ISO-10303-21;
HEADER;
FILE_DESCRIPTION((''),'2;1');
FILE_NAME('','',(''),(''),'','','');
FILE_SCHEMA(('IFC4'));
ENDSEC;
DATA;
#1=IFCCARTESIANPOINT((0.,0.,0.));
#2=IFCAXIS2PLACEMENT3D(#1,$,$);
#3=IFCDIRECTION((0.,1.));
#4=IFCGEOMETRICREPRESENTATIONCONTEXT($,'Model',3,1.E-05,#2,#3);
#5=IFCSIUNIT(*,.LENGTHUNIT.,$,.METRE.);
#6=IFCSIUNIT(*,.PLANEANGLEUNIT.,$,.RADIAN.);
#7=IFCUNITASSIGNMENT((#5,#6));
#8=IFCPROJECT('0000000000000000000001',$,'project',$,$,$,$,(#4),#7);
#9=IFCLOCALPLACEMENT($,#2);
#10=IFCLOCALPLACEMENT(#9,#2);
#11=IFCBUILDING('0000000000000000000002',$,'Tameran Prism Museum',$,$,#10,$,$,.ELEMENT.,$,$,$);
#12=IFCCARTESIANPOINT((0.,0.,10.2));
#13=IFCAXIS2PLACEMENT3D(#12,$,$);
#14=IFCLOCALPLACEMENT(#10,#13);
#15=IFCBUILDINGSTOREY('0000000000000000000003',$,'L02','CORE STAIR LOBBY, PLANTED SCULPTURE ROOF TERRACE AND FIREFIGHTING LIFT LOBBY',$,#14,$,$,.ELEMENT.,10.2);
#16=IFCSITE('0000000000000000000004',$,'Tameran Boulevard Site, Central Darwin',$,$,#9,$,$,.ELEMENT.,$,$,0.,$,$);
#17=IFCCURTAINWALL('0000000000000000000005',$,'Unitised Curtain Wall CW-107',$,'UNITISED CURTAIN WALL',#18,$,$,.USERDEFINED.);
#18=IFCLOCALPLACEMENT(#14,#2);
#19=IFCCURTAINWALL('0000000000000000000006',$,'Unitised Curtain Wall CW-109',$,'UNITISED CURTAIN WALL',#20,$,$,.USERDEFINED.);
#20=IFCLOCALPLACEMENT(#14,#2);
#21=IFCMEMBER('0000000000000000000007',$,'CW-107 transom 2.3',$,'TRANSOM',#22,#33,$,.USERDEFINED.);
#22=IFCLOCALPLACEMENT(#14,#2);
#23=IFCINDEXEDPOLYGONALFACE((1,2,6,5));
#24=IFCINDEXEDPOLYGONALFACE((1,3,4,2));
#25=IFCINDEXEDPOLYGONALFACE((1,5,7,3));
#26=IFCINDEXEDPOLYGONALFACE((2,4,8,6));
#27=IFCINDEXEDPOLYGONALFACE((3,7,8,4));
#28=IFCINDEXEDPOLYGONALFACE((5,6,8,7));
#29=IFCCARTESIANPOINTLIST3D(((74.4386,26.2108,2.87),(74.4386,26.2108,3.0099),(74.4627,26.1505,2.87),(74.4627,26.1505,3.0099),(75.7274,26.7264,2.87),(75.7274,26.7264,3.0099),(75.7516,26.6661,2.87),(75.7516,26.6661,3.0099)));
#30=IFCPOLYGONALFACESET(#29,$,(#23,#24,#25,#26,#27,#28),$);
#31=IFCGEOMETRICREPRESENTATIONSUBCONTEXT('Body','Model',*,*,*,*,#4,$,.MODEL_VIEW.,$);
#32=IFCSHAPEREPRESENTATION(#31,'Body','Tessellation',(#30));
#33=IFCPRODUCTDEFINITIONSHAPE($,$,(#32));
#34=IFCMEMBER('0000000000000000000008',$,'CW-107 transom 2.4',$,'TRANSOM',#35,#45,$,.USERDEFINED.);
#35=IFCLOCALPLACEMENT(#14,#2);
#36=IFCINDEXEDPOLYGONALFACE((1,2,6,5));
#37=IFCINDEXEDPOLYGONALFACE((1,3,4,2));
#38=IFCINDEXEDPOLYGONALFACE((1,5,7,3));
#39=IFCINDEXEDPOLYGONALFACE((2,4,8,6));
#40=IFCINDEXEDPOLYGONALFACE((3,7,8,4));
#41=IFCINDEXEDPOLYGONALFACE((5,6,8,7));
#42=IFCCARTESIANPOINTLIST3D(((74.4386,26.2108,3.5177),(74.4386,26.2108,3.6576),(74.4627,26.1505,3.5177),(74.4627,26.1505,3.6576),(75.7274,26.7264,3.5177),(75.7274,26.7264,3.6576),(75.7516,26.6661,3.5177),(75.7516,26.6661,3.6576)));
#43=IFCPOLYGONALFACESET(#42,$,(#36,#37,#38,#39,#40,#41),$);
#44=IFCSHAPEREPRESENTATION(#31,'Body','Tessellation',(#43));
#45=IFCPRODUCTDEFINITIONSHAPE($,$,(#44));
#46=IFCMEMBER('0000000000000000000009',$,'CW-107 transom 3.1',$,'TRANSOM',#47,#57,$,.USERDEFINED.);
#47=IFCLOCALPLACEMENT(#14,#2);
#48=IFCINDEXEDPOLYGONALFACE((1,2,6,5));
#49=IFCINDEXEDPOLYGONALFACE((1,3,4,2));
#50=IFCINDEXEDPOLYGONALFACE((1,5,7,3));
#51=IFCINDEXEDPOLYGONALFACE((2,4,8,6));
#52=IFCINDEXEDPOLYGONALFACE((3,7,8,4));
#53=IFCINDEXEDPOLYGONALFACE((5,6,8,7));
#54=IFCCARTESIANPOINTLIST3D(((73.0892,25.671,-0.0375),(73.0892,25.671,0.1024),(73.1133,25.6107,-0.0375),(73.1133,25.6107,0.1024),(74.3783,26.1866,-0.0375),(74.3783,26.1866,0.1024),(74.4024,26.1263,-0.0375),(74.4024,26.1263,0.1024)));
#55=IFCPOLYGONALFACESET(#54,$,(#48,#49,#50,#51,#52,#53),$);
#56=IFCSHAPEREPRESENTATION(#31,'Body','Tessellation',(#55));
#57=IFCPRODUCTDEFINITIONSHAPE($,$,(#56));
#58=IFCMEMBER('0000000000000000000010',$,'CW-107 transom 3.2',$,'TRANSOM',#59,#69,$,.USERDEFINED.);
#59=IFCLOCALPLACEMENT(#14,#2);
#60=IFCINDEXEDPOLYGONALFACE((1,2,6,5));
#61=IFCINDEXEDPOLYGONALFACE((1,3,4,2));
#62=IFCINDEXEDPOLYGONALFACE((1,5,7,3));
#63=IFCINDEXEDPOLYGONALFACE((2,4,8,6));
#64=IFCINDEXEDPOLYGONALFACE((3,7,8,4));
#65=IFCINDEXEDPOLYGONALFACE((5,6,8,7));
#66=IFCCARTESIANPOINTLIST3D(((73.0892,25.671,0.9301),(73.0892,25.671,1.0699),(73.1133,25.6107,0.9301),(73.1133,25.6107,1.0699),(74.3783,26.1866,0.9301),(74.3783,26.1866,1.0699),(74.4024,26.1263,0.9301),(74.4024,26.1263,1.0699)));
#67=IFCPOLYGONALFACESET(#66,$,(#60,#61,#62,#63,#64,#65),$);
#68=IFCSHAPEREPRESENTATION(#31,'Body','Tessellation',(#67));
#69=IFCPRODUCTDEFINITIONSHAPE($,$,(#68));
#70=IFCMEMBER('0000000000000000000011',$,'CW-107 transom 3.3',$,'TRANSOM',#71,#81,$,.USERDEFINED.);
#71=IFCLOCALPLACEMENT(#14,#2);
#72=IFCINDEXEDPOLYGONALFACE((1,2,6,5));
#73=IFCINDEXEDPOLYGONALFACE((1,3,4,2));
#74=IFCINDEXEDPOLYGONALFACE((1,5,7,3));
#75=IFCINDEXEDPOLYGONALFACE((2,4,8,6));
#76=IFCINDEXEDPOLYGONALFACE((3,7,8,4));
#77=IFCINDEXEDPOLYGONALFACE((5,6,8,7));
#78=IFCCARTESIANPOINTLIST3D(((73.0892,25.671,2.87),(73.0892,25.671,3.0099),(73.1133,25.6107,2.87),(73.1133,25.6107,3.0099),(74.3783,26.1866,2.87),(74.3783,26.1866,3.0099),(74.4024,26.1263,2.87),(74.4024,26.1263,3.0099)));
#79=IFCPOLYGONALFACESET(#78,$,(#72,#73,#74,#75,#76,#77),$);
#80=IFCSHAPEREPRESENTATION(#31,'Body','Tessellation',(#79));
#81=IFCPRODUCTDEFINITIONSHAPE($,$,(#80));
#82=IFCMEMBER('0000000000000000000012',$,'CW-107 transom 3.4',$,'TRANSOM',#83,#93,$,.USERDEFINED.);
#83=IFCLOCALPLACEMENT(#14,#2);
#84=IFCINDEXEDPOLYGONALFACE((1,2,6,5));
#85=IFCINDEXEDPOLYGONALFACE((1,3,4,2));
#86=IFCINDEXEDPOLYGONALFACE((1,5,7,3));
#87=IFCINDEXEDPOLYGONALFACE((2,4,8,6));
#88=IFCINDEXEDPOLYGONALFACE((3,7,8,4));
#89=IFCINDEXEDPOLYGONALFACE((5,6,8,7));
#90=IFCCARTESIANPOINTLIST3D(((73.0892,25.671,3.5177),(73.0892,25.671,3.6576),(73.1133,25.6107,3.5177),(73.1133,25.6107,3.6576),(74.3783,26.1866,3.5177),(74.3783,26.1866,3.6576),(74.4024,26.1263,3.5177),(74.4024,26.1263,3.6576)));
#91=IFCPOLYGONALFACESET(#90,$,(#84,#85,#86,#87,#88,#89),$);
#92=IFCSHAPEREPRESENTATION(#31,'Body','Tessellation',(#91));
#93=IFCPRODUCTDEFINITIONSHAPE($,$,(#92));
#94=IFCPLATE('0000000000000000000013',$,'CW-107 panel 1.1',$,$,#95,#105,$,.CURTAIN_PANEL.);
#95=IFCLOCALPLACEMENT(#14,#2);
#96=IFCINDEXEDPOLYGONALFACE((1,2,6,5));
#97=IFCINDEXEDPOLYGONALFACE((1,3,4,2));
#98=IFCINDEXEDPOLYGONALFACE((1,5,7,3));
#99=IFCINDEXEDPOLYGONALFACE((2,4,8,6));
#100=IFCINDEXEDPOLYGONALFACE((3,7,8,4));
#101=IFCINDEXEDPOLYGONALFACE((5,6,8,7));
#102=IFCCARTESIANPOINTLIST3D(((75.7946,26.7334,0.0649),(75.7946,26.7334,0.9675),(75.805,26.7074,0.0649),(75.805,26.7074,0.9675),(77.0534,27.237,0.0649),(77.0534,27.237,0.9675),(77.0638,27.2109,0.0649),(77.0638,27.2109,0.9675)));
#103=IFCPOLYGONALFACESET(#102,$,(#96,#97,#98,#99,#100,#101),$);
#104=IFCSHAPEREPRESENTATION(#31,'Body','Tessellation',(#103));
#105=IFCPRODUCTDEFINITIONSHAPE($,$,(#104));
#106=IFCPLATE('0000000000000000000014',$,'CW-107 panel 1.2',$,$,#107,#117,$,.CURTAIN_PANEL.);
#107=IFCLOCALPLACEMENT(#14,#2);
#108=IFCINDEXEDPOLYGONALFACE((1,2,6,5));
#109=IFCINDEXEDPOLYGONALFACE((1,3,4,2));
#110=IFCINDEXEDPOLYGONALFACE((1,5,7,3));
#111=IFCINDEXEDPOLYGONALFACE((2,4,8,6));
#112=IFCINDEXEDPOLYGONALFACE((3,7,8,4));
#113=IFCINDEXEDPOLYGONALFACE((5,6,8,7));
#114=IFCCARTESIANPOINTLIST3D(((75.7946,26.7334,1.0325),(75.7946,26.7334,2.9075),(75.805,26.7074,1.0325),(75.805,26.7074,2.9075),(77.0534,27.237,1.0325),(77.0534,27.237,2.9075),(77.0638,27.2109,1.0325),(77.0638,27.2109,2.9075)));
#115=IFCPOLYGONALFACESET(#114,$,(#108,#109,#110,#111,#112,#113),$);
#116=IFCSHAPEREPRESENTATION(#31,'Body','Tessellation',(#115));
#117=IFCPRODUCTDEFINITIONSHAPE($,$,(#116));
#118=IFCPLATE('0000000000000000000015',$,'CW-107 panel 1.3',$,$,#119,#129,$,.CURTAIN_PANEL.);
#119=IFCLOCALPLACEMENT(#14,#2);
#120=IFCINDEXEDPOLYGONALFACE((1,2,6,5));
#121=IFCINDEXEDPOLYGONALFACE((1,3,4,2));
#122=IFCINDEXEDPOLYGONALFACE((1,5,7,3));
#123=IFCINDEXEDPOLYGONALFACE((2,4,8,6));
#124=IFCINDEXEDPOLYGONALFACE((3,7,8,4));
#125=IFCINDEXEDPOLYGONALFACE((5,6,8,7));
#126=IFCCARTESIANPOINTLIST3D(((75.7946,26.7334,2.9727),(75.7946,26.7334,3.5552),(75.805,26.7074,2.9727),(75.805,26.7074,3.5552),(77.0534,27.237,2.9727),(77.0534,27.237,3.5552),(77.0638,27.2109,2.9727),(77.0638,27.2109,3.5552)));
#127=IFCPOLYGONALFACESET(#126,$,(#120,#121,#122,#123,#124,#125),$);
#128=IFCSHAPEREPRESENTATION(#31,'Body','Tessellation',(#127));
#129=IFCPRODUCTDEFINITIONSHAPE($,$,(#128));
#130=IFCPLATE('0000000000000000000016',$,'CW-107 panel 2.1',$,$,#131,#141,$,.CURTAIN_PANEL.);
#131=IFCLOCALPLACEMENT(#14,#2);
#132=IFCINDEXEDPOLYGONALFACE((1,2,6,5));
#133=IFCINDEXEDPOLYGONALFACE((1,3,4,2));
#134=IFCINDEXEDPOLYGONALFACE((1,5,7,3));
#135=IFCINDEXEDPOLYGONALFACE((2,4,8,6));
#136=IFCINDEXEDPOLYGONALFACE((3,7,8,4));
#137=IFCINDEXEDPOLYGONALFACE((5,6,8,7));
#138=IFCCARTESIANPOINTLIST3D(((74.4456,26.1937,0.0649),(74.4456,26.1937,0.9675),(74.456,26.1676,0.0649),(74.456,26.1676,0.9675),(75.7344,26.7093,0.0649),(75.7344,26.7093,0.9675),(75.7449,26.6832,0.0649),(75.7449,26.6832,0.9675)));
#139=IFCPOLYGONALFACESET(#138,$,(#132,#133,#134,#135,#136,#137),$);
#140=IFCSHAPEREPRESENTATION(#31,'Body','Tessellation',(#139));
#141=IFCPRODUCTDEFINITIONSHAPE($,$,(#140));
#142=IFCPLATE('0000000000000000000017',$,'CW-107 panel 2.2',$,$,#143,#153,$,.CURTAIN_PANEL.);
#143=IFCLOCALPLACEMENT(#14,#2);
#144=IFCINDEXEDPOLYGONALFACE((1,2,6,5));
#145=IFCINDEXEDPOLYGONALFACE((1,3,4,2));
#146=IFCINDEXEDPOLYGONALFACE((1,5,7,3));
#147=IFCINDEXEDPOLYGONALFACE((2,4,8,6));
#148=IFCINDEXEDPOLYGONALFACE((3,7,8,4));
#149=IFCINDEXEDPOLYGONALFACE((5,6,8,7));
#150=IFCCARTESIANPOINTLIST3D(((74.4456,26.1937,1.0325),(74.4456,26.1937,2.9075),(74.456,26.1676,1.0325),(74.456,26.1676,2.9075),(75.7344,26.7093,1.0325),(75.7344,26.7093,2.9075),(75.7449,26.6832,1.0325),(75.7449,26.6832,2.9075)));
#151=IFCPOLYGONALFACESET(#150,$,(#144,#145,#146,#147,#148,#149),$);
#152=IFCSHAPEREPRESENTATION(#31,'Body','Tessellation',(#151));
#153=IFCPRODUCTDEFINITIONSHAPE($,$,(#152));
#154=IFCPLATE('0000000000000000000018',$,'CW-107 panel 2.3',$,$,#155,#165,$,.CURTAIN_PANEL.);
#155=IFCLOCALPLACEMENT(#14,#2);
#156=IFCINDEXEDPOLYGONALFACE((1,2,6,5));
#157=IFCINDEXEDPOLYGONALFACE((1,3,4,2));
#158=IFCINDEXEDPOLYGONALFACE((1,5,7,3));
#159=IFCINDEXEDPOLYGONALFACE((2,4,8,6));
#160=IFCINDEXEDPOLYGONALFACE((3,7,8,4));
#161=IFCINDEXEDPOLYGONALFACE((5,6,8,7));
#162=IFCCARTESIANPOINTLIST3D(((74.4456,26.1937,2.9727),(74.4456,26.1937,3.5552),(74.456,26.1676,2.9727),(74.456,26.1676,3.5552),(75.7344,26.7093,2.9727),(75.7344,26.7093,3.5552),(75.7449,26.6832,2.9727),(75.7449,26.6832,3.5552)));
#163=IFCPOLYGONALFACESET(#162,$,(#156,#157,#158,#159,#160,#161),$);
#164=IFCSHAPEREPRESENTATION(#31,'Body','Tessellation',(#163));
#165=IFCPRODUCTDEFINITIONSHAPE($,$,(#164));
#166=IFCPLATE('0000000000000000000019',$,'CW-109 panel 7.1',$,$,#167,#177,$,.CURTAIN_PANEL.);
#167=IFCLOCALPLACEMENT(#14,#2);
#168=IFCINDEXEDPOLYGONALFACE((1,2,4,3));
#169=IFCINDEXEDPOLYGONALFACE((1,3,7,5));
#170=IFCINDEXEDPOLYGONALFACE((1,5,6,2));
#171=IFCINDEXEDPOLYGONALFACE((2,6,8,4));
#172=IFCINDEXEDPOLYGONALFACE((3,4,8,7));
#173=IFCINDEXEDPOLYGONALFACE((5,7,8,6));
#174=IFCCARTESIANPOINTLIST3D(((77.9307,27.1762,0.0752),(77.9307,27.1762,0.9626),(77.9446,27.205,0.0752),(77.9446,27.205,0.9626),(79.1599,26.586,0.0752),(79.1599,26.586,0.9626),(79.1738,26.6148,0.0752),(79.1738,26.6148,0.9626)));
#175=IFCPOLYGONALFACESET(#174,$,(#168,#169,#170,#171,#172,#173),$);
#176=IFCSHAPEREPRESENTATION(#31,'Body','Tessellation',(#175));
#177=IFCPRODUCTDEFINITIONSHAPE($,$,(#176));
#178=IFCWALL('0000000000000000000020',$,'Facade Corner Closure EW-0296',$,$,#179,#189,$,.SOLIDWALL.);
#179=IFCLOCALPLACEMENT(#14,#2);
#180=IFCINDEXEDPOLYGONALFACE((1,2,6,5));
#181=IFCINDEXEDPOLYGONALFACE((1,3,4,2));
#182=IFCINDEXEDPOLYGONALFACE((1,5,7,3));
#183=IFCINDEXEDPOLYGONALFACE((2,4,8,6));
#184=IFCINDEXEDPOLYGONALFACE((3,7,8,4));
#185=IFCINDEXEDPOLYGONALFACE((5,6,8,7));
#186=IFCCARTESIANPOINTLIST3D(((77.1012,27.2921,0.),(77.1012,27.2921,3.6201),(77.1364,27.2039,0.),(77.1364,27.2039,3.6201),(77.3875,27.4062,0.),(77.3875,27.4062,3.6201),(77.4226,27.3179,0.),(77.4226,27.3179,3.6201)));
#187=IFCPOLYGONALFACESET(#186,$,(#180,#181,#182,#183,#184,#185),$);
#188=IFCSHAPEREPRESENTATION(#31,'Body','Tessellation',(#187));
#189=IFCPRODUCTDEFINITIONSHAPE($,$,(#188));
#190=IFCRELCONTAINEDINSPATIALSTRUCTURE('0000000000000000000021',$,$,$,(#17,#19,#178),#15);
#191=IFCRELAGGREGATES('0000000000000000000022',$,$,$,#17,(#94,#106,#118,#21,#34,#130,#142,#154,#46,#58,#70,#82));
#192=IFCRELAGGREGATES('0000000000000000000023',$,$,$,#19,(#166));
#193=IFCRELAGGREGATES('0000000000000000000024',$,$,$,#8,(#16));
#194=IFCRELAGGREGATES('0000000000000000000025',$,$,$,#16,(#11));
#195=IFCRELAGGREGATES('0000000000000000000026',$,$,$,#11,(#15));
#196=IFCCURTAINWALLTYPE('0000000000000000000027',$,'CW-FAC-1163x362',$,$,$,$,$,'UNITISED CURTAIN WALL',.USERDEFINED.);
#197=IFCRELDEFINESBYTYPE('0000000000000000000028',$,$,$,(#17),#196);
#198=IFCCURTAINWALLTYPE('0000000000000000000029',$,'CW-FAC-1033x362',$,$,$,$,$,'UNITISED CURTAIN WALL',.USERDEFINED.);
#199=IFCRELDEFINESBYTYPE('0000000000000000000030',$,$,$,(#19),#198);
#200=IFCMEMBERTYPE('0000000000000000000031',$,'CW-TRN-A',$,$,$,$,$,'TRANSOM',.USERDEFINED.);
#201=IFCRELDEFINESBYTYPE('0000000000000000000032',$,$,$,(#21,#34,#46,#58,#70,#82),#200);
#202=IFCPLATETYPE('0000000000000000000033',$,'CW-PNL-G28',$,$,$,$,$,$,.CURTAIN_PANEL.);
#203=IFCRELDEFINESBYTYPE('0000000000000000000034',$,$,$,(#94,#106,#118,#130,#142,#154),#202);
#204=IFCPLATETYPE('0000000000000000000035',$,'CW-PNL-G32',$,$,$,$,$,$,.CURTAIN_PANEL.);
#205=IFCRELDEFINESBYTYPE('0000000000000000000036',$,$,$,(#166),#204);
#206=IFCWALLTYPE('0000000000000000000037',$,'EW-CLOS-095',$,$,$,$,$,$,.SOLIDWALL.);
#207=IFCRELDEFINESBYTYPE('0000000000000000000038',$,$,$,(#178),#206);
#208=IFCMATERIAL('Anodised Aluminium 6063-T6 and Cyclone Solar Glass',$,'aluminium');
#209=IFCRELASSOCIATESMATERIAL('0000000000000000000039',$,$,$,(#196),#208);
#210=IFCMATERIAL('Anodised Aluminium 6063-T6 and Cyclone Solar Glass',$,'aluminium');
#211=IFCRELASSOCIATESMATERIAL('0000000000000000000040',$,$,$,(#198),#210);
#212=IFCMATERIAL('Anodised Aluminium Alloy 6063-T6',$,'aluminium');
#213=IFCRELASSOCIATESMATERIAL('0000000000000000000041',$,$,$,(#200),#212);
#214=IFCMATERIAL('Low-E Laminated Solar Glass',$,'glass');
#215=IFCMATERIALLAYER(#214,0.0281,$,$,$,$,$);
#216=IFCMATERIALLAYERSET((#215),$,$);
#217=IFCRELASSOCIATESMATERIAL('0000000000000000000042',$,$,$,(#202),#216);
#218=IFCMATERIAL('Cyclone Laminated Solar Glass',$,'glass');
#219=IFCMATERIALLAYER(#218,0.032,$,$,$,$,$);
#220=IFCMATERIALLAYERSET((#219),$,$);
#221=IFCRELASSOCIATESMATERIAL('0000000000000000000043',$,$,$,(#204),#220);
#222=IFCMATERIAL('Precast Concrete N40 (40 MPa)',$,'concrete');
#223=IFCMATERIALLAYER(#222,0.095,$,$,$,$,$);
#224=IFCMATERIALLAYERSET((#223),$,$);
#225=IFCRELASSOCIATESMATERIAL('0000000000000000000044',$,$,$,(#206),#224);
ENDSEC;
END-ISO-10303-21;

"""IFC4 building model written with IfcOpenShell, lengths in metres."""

from ifc_helpers import new_model, si_unit, direction, frame, frame_2d, origin, origin_2d, place, context, subcontext, project, spatial, rectangle, extrude, material, layer, layer_set, material_profile, profile_set, type_object, element, aggregate, save


model = new_model("IFC4")

# Units and contexts
model_context = context("Model", 3, precision=1e-05, world=origin(), true_north=direction((0.0, 1.0)))
body_context = subcontext(model_context, "Body", "Model", "MODEL_VIEW")
ifc_project = project(units=[si_unit("LENGTHUNIT", "METRE"), si_unit("PLANEANGLEUNIT", "RADIAN")], contexts=[model_context])

# Site, building, storey
site_placement = place(None, origin())
site = spatial("IfcSite", under=ifc_project, at=site_placement, Name="Tameran Boulevard Site, Central Darwin", CompositionType="ELEMENT", RefElevation=0.0)
building_placement = place(site_placement, origin())
building = spatial("IfcBuilding", under=site, at=building_placement, Name="Tameran Prism Museum", CompositionType="ELEMENT")
storey_placement = place(building_placement, frame((0.0, 0.0, 10.2)))
storey = spatial("IfcBuildingStorey", under=building, at=storey_placement, Name="L02", Description="CORE STAIR LOBBY, PLANTED SCULPTURE ROOF TERRACE AND FIREFIGHTING LIFT LOBBY", CompositionType="ELEMENT", Elevation=10.2)

# Curtain wall
ifc_material_1 = material(Name="Anodised Aluminium 6063-T6 and Cyclone Solar Glass", Category="aluminium")
curtain_wall_type_1 = type_object("IfcCurtainWallType", Name="CW-FAC-1163x362", ElementType="UNITISED CURTAIN WALL", PredefinedType="USERDEFINED", material=ifc_material_1)
curtain_wall_1_placement = place(storey_placement, origin())
curtain_wall_1 = element("IfcCurtainWall", 1, at=curtain_wall_1_placement, inside=storey, type_object=curtain_wall_type_1, Name="Unitised Curtain Wall CW-107", ObjectType="UNITISED CURTAIN WALL", PredefinedType="USERDEFINED")

# Curtain wall
ifc_material_2 = material(Name="Anodised Aluminium 6063-T6 and Cyclone Solar Glass", Category="aluminium")
curtain_wall_type_2 = type_object("IfcCurtainWallType", Name="CW-FAC-1033x362", ElementType="UNITISED CURTAIN WALL", PredefinedType="USERDEFINED", material=ifc_material_2)
curtain_wall_2_placement = place(storey_placement, origin())
curtain_wall_2 = element("IfcCurtainWall", 2, at=curtain_wall_2_placement, inside=storey, type_object=curtain_wall_type_2, Name="Unitised Curtain Wall CW-109", ObjectType="UNITISED CURTAIN WALL", PredefinedType="USERDEFINED")

# Members
ifc_material_3 = material(Name="Anodised Aluminium Alloy 6063-T6", Category="aluminium")
ifc_material_profile_1 = material_profile(ifc_material_3, rectangle(XDim=0.0649, YDim=0.1399, at=origin_2d()))
ifc_profile_set_1 = profile_set([ifc_material_profile_1])
member_type_1 = type_object("IfcMemberType", Name="CW-TRN-A", ElementType="TRANSOM", PredefinedType="USERDEFINED", material=ifc_profile_set_1)
member_1_placement = place(storey_placement, frame((75.7395, 26.6963, 2.9399), z_axis=(-0.928452, -0.371451, 0.0), x_axis=(0.371451, -0.928452, 0.0)))
member_1 = element("IfcMember", 3, at=member_1_placement, type_object=member_type_1, Name="CW-107 transom 2.3", ObjectType="TRANSOM", PredefinedType="USERDEFINED", context=body_context, shape_type="SweptSolid", body=[
    extrude(rectangle(XDim=0.0649, YDim=0.1399, at=origin_2d()), origin(), (0.0, 0.0, 1.0), 1.3882),
])
member_2_placement = place(storey_placement, frame((75.7395, 26.6963, 3.5876), z_axis=(-0.928452, -0.371451, 0.0), x_axis=(0.371451, -0.928452, 0.0)))
member_2 = element("IfcMember", 4, at=member_2_placement, type_object=member_type_1, Name="CW-107 transom 2.4", ObjectType="TRANSOM", PredefinedType="USERDEFINED", context=body_context, shape_type="SweptSolid", body=[
    extrude(rectangle(XDim=0.0649, YDim=0.1399, at=origin_2d()), origin(), (0.0, 0.0, 1.0), 1.3882),
])
member_3_placement = place(storey_placement, frame((74.3904, 26.1565, 0.0325), z_axis=(-0.928477, -0.371391, 0.0), x_axis=(0.371391, -0.928477, 0.0)))
member_3 = element("IfcMember", 5, at=member_3_placement, type_object=member_type_1, Name="CW-107 transom 3.1", ObjectType="TRANSOM", PredefinedType="USERDEFINED", context=body_context, shape_type="SweptSolid", body=[
    extrude(rectangle(XDim=0.0649, YDim=0.1399, at=origin_2d()), origin(), (0.0, 0.0, 1.0), 1.3884),
])
member_4_placement = place(storey_placement, frame((74.3904, 26.1565, 1.0), z_axis=(-0.928477, -0.371391, 0.0), x_axis=(0.371391, -0.928477, 0.0)))
member_4 = element("IfcMember", 6, at=member_4_placement, type_object=member_type_1, Name="CW-107 transom 3.2", ObjectType="TRANSOM", PredefinedType="USERDEFINED", context=body_context, shape_type="SweptSolid", body=[
    extrude(rectangle(XDim=0.0649, YDim=0.1399, at=origin_2d()), origin(), (0.0, 0.0, 1.0), 1.3884),
])
member_5_placement = place(storey_placement, frame((74.3904, 26.1565, 2.9399), z_axis=(-0.928477, -0.371391, 0.0), x_axis=(0.371391, -0.928477, 0.0)))
member_5 = element("IfcMember", 7, at=member_5_placement, type_object=member_type_1, Name="CW-107 transom 3.3", ObjectType="TRANSOM", PredefinedType="USERDEFINED", context=body_context, shape_type="SweptSolid", body=[
    extrude(rectangle(XDim=0.0649, YDim=0.1399, at=origin_2d()), origin(), (0.0, 0.0, 1.0), 1.3884),
])
member_6_placement = place(storey_placement, frame((74.3904, 26.1565, 3.5876), z_axis=(-0.928477, -0.371391, 0.0), x_axis=(0.371391, -0.928477, 0.0)))
member_6 = element("IfcMember", 8, at=member_6_placement, type_object=member_type_1, Name="CW-107 transom 3.4", ObjectType="TRANSOM", PredefinedType="USERDEFINED", context=body_context, shape_type="SweptSolid", body=[
    extrude(rectangle(XDim=0.0649, YDim=0.1399, at=origin_2d()), origin(), (0.0, 0.0, 1.0), 1.3884),
])

# Plates
ifc_material_4 = material(Name="Low-E Laminated Solar Glass", Category="glass")
ifc_layer_1 = layer(ifc_material_4, 0.0281)
ifc_layer_set_1 = layer_set([ifc_layer_1])
plate_type_1 = type_object("IfcPlateType", Name="CW-PNL-G28", PredefinedType="CURTAIN_PANEL", material=ifc_layer_set_1)
plate_1_placement = place(storey_placement, frame((76.4292, 26.9722, 0.0649), z_axis=(0.0, 0.0, 1.0), x_axis=(-0.928465, -0.37142, 0.0)))
plate_1 = element("IfcPlate", 9, at=plate_1_placement, type_object=plate_type_1, Name="CW-107 panel 1.1", PredefinedType="CURTAIN_PANEL", context=body_context, shape_type="SweptSolid", body=[
    extrude(rectangle(XDim=1.3557, YDim=0.0281, at=origin_2d()), origin(), (0.0, 0.0, 1.0), 0.9026),
])
plate_2_placement = place(storey_placement, frame((76.4292, 26.9722, 1.0325), z_axis=(0.0, 0.0, 1.0), x_axis=(-0.928465, -0.37142, 0.0)))
plate_2 = element("IfcPlate", 10, at=plate_2_placement, type_object=plate_type_1, Name="CW-107 panel 1.2", PredefinedType="CURTAIN_PANEL", context=body_context, shape_type="SweptSolid", body=[
    extrude(rectangle(XDim=1.3557, YDim=0.0281, at=origin_2d()), origin(), (0.0, 0.0, 1.0), 1.875),
])
plate_3_placement = place(storey_placement, frame((76.4292, 26.9722, 2.9727), z_axis=(0.0, 0.0, 1.0), x_axis=(-0.928465, -0.37142, 0.0)))
plate_3 = element("IfcPlate", 11, at=plate_3_placement, type_object=plate_type_1, Name="CW-107 panel 1.3", PredefinedType="CURTAIN_PANEL", context=body_context, shape_type="SweptSolid", body=[
    extrude(rectangle(XDim=1.3557, YDim=0.0281, at=origin_2d()), origin(), (0.0, 0.0, 1.0), 0.5825),
])
plate_4_placement = place(storey_placement, frame((75.0952, 26.4385, 0.0649), z_axis=(0.0, 0.0, 1.0), x_axis=(-0.928465, -0.37142, 0.0)))
plate_4 = element("IfcPlate", 12, at=plate_4_placement, type_object=plate_type_1, Name="CW-107 panel 2.1", PredefinedType="CURTAIN_PANEL", context=body_context, shape_type="SweptSolid", body=[
    extrude(rectangle(XDim=1.3882, YDim=0.0281, at=origin_2d()), origin(), (0.0, 0.0, 1.0), 0.9026),
])
plate_5_placement = place(storey_placement, frame((75.0952, 26.4385, 1.0325), z_axis=(0.0, 0.0, 1.0), x_axis=(-0.928465, -0.37142, 0.0)))
plate_5 = element("IfcPlate", 13, at=plate_5_placement, type_object=plate_type_1, Name="CW-107 panel 2.2", PredefinedType="CURTAIN_PANEL", context=body_context, shape_type="SweptSolid", body=[
    extrude(rectangle(XDim=1.3882, YDim=0.0281, at=origin_2d()), origin(), (0.0, 0.0, 1.0), 1.875),
])
plate_6_placement = place(storey_placement, frame((75.0952, 26.4385, 2.9727), z_axis=(0.0, 0.0, 1.0), x_axis=(-0.928465, -0.37142, 0.0)))
plate_6 = element("IfcPlate", 14, at=plate_6_placement, type_object=plate_type_1, Name="CW-107 panel 2.3", PredefinedType="CURTAIN_PANEL", context=body_context, shape_type="SweptSolid", body=[
    extrude(rectangle(XDim=1.3882, YDim=0.0281, at=origin_2d()), origin(), (0.0, 0.0, 1.0), 0.5825),
])
aggregate(curtain_wall_1, [plate_1, plate_2, plate_3, member_1, member_2, plate_4, plate_5, plate_6, member_3, member_4, member_5, member_6])
ifc_material_5 = material(Name="Cyclone Laminated Solar Glass", Category="glass")
ifc_layer_2 = layer(ifc_material_5, 0.032)
ifc_layer_set_2 = layer_set([ifc_layer_2])
plate_type_2 = type_object("IfcPlateType", Name="CW-PNL-G32", PredefinedType="CURTAIN_PANEL", material=ifc_layer_set_2)
plate_7_placement = place(storey_placement, frame((78.5522, 26.8955, 0.0752), z_axis=(0.0, 0.0, 1.0), x_axis=(-0.901475, 0.432832, 0.0)))
plate_7 = element("IfcPlate", 15, at=plate_7_placement, type_object=plate_type_2, Name="CW-109 panel 7.1", PredefinedType="CURTAIN_PANEL", context=body_context, shape_type="SweptSolid", body=[
    extrude(rectangle(XDim=1.3635, YDim=0.032, at=origin_2d()), origin(), (0.0, 0.0, 1.0), 0.8875),
])
aggregate(curtain_wall_2, [plate_7])

# Wall
ifc_material_6 = material(Name="Precast Concrete N40 (40 MPa)", Category="concrete")
ifc_layer_3 = layer(ifc_material_6, 0.095)
ifc_layer_set_3 = layer_set([ifc_layer_3])
wall_type = type_object("IfcWallType", Name="EW-CLOS-095", PredefinedType="SOLIDWALL", material=ifc_layer_set_3)
wall_1_placement = place(storey_placement, frame((77.405, 27.3621, 0.0), z_axis=(0.0, 0.0, 1.0), x_axis=(-0.928968, -0.37016, 0.0)))
element("IfcWall", 16, at=wall_1_placement, inside=storey, type_object=wall_type, Name="Facade Corner Closure EW-0296", PredefinedType="SOLIDWALL", context=body_context, shape_type="SweptSolid", body=[
    extrude(rectangle(XDim=0.3081, YDim=0.095, at=frame_2d((0.1541, 0.0))), origin(), (0.0, 0.0, 1.0), 3.6201),
])

save(model, "model.ifc")
